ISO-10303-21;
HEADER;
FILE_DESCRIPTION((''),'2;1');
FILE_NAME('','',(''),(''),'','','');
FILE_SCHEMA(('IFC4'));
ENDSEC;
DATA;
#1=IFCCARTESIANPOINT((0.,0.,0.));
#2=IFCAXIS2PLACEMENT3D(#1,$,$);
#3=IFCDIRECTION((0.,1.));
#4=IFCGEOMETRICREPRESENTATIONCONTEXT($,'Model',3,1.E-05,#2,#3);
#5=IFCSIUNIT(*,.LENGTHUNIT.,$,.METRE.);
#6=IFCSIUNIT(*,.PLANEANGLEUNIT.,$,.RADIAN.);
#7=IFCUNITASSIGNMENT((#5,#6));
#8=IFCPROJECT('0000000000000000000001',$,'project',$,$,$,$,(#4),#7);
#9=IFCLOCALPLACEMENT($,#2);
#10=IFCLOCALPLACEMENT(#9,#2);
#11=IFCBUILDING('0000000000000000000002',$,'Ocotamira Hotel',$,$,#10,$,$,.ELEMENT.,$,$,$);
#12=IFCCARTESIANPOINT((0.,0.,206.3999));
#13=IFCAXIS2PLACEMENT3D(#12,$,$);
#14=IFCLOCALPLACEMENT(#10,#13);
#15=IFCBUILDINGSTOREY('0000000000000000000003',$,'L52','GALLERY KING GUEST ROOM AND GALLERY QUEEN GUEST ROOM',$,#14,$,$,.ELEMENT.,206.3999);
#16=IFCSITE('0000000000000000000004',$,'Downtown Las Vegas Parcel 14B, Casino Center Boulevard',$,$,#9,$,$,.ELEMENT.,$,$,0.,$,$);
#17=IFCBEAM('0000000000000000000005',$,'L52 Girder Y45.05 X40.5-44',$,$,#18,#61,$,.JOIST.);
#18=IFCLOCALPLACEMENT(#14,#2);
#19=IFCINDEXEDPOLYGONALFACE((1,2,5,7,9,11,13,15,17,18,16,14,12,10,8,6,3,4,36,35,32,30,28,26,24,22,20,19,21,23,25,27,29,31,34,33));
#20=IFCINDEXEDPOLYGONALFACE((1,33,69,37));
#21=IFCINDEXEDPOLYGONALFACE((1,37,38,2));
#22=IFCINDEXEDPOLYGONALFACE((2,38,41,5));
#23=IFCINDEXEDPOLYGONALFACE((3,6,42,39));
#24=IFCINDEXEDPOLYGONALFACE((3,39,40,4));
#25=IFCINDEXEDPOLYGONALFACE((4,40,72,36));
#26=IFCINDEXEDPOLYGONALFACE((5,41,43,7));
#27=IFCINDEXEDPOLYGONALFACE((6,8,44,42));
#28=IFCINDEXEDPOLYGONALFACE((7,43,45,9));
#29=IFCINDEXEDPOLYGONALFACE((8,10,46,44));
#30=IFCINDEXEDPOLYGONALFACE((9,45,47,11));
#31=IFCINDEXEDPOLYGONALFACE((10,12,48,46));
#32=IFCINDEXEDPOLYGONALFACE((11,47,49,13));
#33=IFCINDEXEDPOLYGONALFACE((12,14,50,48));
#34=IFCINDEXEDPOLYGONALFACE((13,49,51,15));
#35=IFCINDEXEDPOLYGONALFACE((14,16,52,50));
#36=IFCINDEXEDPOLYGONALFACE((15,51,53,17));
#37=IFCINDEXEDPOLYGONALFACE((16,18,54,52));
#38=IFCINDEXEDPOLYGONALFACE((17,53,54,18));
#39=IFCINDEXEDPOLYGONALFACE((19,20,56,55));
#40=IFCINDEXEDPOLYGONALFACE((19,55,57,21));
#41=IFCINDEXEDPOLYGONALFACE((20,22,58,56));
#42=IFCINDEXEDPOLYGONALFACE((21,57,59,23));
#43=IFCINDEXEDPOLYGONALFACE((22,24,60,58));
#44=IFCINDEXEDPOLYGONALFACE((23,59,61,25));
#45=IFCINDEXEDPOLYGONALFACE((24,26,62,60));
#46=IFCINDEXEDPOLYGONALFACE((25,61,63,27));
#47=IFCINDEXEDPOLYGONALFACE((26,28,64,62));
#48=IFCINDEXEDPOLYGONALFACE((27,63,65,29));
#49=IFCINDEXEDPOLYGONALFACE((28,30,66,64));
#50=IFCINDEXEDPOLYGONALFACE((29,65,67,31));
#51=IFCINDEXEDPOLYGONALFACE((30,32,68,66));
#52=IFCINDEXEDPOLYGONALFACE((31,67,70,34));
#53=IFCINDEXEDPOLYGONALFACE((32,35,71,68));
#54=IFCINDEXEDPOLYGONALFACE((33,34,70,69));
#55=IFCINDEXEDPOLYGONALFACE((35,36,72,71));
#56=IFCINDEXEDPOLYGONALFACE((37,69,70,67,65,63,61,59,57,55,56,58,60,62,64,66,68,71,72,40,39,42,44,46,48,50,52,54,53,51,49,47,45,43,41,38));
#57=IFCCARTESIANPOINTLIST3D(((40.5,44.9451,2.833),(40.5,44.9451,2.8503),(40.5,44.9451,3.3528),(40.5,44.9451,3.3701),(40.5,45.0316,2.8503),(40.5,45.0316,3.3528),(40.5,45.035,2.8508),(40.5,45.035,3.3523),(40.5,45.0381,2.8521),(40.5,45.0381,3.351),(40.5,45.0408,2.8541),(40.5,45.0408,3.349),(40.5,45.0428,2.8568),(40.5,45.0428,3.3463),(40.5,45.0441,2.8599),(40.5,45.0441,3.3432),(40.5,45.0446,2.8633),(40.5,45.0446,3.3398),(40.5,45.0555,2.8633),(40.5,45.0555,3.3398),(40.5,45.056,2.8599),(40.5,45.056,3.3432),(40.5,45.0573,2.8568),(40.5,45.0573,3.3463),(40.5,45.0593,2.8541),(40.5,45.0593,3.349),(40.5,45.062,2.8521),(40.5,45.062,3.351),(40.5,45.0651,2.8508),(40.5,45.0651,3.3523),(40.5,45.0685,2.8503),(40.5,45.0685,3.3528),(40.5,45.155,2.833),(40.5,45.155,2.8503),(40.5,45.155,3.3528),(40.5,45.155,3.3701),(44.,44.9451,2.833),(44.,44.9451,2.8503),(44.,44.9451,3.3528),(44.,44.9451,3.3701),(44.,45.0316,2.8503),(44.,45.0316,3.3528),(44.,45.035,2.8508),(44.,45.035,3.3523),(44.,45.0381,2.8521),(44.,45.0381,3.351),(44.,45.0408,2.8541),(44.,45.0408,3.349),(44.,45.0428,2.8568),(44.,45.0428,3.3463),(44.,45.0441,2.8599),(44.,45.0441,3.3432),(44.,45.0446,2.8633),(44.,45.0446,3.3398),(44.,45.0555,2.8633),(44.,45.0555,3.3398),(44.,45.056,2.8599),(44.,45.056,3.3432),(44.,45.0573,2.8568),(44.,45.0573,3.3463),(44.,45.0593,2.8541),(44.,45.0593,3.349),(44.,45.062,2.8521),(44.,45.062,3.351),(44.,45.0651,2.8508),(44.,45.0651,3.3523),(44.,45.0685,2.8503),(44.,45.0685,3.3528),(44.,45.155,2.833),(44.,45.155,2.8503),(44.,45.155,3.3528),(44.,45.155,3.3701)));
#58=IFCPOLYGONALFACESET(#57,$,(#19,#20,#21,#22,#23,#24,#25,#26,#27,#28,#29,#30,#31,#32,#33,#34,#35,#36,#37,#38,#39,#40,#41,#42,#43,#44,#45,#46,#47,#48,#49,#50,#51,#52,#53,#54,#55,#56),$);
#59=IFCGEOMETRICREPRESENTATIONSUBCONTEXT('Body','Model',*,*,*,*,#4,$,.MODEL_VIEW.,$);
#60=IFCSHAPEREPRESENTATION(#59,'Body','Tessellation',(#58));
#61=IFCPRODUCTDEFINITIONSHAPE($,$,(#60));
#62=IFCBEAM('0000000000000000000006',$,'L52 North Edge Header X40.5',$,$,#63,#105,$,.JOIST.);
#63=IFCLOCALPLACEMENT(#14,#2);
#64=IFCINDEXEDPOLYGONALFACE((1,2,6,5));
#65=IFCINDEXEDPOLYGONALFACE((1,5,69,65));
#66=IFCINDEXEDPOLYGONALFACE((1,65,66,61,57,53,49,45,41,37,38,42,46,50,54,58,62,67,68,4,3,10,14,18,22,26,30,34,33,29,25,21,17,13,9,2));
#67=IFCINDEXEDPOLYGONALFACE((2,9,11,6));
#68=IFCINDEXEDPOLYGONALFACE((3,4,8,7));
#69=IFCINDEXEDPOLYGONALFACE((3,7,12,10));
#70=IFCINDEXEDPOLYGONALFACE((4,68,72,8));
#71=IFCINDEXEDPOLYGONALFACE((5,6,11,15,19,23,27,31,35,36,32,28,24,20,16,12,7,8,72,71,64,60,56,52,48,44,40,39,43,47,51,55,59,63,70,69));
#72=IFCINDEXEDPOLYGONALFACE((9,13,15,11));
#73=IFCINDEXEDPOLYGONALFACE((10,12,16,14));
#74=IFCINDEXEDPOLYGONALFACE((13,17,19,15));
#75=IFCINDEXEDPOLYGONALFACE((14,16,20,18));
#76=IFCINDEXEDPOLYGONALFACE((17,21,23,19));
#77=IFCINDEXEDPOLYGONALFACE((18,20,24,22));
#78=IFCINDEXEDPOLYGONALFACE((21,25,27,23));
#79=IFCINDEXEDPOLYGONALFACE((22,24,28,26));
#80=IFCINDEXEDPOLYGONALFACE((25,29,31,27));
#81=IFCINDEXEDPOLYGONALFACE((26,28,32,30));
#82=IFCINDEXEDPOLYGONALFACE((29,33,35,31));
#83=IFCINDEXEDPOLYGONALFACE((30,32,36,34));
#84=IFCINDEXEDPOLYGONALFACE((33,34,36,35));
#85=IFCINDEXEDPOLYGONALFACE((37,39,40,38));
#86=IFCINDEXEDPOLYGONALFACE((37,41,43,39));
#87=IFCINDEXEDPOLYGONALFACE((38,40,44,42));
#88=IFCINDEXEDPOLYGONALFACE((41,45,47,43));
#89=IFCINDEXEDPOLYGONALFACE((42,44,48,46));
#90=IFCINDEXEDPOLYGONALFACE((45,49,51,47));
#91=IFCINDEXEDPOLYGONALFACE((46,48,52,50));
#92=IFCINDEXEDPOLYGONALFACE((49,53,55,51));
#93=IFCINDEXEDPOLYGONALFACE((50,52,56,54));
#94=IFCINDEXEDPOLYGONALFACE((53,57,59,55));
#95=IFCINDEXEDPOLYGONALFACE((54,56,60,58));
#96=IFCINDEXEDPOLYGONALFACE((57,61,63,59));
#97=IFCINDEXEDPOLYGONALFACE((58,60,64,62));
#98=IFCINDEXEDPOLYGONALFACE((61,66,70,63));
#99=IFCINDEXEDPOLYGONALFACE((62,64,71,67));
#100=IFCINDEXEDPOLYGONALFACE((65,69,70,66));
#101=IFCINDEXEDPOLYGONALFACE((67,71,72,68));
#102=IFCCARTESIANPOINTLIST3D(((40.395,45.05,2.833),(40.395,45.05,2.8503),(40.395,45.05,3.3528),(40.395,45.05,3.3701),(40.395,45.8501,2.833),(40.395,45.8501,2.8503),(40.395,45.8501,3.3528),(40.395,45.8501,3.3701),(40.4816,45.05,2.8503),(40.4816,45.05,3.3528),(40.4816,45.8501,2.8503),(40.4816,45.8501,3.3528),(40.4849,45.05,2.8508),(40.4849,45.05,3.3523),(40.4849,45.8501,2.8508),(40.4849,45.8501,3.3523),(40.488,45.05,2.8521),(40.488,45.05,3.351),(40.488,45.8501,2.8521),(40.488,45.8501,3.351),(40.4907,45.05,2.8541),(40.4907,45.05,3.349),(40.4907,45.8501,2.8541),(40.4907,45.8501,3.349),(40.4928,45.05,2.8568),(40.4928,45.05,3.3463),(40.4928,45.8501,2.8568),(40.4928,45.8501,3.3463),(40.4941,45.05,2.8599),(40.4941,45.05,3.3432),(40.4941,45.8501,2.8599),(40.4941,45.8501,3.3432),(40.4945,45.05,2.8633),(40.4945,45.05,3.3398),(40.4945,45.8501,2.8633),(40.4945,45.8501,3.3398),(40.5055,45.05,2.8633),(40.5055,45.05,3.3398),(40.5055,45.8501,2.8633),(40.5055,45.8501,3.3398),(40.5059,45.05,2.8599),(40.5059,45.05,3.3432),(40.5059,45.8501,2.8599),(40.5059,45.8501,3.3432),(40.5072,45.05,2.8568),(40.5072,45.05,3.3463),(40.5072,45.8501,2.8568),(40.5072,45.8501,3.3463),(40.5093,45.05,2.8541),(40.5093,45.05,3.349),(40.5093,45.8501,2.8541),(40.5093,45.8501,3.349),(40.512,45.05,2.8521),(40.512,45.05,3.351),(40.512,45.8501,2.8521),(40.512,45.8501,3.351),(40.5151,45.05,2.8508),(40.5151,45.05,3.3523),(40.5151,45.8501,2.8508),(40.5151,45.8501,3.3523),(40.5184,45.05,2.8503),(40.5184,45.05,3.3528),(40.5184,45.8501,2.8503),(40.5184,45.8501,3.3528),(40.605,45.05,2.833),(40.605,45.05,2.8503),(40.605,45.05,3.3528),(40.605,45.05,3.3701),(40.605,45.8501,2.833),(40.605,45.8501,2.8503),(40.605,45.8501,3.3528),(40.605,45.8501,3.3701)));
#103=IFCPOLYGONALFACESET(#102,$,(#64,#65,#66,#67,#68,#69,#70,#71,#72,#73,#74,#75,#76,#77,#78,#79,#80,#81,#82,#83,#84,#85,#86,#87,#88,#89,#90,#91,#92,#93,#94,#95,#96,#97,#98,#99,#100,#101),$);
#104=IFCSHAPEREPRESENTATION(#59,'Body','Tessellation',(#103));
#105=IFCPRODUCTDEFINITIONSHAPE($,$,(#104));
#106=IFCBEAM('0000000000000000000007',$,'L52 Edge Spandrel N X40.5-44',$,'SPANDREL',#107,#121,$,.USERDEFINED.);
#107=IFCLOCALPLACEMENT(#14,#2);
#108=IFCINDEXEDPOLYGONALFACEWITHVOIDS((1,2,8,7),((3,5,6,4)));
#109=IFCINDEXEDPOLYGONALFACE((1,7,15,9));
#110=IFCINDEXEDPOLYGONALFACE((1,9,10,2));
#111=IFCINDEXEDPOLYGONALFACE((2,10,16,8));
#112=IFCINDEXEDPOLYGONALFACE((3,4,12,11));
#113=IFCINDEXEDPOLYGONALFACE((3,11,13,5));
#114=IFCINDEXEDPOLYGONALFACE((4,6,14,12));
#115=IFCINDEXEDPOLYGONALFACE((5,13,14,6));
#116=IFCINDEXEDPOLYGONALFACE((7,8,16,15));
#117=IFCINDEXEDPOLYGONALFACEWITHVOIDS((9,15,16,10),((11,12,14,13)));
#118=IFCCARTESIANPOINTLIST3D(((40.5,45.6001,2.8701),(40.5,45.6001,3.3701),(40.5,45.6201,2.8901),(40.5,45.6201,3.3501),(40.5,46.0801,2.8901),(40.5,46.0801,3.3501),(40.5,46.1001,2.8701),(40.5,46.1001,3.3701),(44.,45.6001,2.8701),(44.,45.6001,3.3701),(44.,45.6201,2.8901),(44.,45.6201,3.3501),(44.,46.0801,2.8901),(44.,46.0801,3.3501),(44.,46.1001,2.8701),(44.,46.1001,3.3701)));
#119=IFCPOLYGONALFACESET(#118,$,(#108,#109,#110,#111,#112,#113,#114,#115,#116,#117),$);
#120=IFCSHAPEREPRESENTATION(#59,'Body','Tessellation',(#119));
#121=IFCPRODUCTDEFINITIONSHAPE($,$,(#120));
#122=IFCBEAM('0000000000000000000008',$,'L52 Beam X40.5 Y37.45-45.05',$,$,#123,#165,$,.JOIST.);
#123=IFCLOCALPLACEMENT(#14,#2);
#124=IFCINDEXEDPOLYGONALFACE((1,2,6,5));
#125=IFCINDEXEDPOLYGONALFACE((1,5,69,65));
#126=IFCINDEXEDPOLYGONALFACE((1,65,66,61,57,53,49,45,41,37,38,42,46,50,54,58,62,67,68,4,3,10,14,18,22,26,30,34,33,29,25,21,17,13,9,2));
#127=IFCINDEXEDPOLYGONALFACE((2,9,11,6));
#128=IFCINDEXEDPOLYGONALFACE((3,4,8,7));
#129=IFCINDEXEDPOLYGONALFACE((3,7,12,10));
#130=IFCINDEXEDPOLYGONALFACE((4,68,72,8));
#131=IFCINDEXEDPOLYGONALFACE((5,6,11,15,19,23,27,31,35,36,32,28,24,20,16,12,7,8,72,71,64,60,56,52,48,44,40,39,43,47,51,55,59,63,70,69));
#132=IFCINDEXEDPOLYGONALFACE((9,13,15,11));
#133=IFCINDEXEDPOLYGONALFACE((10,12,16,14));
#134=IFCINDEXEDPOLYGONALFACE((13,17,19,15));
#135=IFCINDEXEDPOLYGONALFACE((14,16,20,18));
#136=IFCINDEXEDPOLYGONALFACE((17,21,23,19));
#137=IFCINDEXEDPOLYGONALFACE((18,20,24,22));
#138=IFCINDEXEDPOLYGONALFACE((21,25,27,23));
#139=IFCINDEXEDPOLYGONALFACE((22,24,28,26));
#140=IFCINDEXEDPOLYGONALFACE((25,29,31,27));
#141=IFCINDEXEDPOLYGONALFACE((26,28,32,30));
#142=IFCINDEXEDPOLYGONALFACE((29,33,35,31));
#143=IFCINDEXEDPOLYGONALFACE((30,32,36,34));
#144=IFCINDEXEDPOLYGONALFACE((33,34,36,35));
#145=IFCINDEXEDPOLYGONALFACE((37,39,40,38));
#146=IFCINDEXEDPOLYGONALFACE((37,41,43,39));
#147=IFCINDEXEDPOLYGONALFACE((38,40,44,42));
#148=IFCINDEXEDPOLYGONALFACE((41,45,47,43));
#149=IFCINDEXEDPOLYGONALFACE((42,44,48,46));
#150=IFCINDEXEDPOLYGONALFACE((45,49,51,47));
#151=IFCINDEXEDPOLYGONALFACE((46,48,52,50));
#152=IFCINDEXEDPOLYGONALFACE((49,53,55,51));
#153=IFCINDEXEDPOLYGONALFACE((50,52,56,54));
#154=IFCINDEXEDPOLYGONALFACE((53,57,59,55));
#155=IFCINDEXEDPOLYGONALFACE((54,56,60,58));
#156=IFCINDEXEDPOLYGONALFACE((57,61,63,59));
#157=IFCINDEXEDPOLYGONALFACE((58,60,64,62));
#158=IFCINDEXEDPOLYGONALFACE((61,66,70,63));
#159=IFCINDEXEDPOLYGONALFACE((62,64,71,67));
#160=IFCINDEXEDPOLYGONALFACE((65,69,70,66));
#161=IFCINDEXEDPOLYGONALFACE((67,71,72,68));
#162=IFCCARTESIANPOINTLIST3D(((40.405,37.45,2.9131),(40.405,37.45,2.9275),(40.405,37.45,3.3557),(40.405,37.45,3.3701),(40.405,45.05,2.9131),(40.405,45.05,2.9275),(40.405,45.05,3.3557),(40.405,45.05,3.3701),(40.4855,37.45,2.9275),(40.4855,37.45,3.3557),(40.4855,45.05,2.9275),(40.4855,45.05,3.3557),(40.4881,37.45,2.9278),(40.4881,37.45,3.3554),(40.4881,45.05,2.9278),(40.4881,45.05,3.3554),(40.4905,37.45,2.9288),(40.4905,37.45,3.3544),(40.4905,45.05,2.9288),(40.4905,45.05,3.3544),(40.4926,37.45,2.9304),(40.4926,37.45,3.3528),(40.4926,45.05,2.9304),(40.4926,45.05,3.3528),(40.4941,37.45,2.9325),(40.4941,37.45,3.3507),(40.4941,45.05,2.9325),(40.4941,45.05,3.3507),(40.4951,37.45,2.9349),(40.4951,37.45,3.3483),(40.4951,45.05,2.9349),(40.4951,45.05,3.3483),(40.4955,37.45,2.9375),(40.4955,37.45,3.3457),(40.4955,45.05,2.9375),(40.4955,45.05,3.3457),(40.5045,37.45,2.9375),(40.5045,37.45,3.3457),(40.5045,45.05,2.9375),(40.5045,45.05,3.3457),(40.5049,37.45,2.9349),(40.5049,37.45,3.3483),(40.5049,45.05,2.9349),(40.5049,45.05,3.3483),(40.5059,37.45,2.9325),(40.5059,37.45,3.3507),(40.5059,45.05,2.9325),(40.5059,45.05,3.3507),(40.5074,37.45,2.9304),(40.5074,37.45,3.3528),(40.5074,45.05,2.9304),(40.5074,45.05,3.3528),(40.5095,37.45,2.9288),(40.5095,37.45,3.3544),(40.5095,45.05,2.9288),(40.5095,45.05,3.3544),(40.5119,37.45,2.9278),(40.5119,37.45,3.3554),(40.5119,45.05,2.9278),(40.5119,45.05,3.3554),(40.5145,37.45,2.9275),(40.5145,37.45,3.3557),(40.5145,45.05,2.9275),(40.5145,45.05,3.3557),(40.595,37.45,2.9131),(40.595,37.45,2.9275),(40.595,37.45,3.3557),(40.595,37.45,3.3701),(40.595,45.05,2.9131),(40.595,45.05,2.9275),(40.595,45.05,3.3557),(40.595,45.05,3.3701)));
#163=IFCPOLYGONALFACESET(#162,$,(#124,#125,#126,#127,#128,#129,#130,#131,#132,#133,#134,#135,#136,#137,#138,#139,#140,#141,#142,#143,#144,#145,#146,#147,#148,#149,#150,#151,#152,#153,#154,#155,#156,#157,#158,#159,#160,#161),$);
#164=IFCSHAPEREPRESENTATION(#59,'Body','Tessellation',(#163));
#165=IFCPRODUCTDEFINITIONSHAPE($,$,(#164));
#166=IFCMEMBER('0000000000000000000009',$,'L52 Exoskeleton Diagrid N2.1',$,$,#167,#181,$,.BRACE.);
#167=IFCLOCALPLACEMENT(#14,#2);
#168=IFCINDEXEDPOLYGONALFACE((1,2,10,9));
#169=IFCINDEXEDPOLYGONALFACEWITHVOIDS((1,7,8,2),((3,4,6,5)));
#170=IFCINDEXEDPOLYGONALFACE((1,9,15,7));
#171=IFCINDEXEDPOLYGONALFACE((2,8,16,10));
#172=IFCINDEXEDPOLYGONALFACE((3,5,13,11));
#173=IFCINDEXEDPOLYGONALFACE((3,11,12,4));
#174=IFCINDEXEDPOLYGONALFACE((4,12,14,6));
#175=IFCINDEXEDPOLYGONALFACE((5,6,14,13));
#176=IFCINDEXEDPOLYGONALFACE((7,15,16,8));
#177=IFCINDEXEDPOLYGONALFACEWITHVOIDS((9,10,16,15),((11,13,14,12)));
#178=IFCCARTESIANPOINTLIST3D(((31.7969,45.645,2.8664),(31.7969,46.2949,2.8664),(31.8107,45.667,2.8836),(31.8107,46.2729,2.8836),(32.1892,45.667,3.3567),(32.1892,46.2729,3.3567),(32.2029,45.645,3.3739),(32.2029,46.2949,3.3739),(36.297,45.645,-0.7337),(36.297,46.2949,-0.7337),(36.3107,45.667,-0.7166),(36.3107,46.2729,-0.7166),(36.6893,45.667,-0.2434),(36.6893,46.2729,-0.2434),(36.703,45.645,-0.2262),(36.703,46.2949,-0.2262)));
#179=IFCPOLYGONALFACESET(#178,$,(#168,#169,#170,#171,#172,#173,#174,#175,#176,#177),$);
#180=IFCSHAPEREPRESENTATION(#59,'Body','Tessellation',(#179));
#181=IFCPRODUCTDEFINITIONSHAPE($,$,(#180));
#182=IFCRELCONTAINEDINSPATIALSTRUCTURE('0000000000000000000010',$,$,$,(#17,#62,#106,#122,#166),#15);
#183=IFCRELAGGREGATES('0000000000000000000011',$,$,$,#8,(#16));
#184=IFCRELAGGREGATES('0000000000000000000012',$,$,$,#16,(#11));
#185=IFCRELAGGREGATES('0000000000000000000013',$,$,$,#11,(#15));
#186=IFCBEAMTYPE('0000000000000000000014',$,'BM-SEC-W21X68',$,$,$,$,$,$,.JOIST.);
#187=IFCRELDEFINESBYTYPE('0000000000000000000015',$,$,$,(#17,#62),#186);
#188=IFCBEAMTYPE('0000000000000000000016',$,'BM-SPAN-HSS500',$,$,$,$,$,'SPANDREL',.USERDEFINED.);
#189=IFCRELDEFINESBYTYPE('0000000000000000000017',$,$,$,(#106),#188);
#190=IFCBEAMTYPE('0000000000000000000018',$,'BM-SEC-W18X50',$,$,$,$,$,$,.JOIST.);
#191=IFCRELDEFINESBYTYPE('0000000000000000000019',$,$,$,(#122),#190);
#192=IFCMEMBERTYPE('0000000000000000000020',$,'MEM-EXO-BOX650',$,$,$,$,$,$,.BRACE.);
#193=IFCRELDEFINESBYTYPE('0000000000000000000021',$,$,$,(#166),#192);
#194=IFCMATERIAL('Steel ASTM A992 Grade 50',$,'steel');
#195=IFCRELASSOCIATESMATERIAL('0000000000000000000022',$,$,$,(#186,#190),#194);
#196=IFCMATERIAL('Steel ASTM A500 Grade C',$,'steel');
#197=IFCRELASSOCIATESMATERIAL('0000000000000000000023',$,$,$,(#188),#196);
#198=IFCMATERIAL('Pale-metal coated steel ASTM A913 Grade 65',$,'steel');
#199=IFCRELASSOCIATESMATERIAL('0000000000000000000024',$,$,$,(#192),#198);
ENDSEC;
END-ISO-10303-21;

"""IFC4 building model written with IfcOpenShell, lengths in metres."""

from ifc_helpers import new_model, si_unit, direction, frame, origin, origin_2d, place, context, subcontext, project, spatial, hollow_rectangle, i_section, extrude, source, transform, mapped, material, material_profile, profile_set, type_object, element, save


model = new_model("IFC4")

# Units and contexts
model_context = context("Model", 3, precision=1e-05, world=origin(), true_north=direction((0.0, 1.0)))
body_context = subcontext(model_context, "Body", "Model", "MODEL_VIEW")
ifc_project = project(units=[si_unit("LENGTHUNIT", "METRE"), si_unit("PLANEANGLEUNIT", "RADIAN")], contexts=[model_context])

# Site, building, storey
site_placement = place(None, origin())
site = spatial("IfcSite", under=ifc_project, at=site_placement, Name="Downtown Las Vegas Parcel 14B, Casino Center Boulevard", CompositionType="ELEMENT", RefElevation=0.0)
building_placement = place(site_placement, origin())
building = spatial("IfcBuilding", under=site, at=building_placement, Name="Ocotamira Hotel", CompositionType="ELEMENT")
storey_placement = place(building_placement, frame((0.0, 0.0, 206.3999)))
storey = spatial("IfcBuildingStorey", under=building, at=storey_placement, Name="L52", Description="GALLERY KING GUEST ROOM AND GALLERY QUEEN GUEST ROOM", CompositionType="ELEMENT", Elevation=206.3999)

# Beams
ifc_material_1 = material(Name="Steel ASTM A992 Grade 50", Category="steel")
ifc_material_profile_1 = material_profile(ifc_material_1, i_section(OverallWidth=0.21, OverallDepth=0.5371, WebThickness=0.011, FlangeThickness=0.0173, FilletRadius=0.0129, at=origin_2d()), Name="W21X68")
ifc_profile_set_1 = profile_set([ifc_material_profile_1], Name="Steel ASTM A992 Grade 50")
beam_type_1 = type_object("IfcBeamType", Name="BM-SEC-W21X68", PredefinedType="JOIST", material=ifc_profile_set_1)
shared_shape_1 = source(origin(), body_context, "Body", "SweptSolid", [
    extrude(i_section(OverallWidth=0.21, OverallDepth=0.5371, WebThickness=0.011, FlangeThickness=0.0173, FilletRadius=0.0129, at=origin_2d()), origin(), (0.0, 0.0, 1.0), 3.5),
])
beam_1_placement = place(storey_placement, frame((40.5, 45.05, 3.1016), z_axis=(1.0, 0.0, 0.0), x_axis=(0.0, 1.0, 0.0)))
element("IfcBeam", 1, at=beam_1_placement, inside=storey, type_object=beam_type_1, Name="L52 Girder Y45.05 X40.5-44", PredefinedType="JOIST", context=body_context, shape_type="MappedRepresentation", body=[
    mapped(shared_shape_1, transform((0.0, 0.0, 0.0), scale=1.0)),
])
shared_shape_2 = source(origin(), body_context, "Body", "SweptSolid", [
    extrude(i_section(OverallWidth=0.21, OverallDepth=0.5371, WebThickness=0.011, FlangeThickness=0.0173, FilletRadius=0.0129, at=origin_2d()), origin(), (0.0, 0.0, 1.0), 0.8),
])
beam_2_placement = place(storey_placement, frame((40.5, 45.05, 3.1016), z_axis=(0.0, 1.0, 0.0), x_axis=(-1.0, 0.0, 0.0)))
element("IfcBeam", 2, at=beam_2_placement, inside=storey, type_object=beam_type_1, Name="L52 North Edge Header X40.5", PredefinedType="JOIST", context=body_context, shape_type="MappedRepresentation", body=[
    mapped(shared_shape_2, transform((0.0, 0.0, 0.0), scale=1.0)),
])
ifc_material_2 = material(Name="Steel ASTM A500 Grade C", Category="steel")
ifc_material_profile_2 = material_profile(ifc_material_2, hollow_rectangle(XDim=0.5, YDim=0.5, WallThickness=0.02, at=origin_2d()), Name="HSS500X500X20")
ifc_profile_set_2 = profile_set([ifc_material_profile_2], Name="Steel ASTM A500 Grade C")
beam_type_2 = type_object("IfcBeamType", Name="BM-SPAN-HSS500", ElementType="SPANDREL", PredefinedType="USERDEFINED", material=ifc_profile_set_2)
shared_shape_3 = source(origin(), body_context, "Body", "SweptSolid", [
    extrude(hollow_rectangle(XDim=0.5, YDim=0.5, WallThickness=0.02, at=origin_2d()), origin(), (0.0, 0.0, 1.0), 3.5),
])
beam_3_placement = place(storey_placement, frame((40.5, 45.8501, 3.1201), z_axis=(1.0, 0.0, 0.0), x_axis=(0.0, 1.0, 0.0)))
element("IfcBeam", 3, at=beam_3_placement, inside=storey, type_object=beam_type_2, Name="L52 Edge Spandrel N X40.5-44", ObjectType="SPANDREL", PredefinedType="USERDEFINED", context=body_context, shape_type="MappedRepresentation", body=[
    mapped(shared_shape_3, transform((0.0, 0.0, 0.0), scale=1.0)),
])
ifc_material_profile_3 = material_profile(ifc_material_1, i_section(OverallWidth=0.1899, OverallDepth=0.457, WebThickness=0.009, FlangeThickness=0.0144, FilletRadius=0.01, at=origin_2d()), Name="W18X50")
ifc_profile_set_3 = profile_set([ifc_material_profile_3], Name="Steel ASTM A992 Grade 50")
beam_type_3 = type_object("IfcBeamType", Name="BM-SEC-W18X50", PredefinedType="JOIST", material=ifc_profile_set_3)
shared_shape_4 = source(origin(), body_context, "Body", "SweptSolid", [
    extrude(i_section(OverallWidth=0.1899, OverallDepth=0.457, WebThickness=0.009, FlangeThickness=0.0144, FilletRadius=0.01, at=origin_2d()), origin(), (0.0, 0.0, 1.0), 7.6001),
])
beam_4_placement = place(storey_placement, frame((40.5, 37.45, 3.1416), z_axis=(0.0, 1.0, 0.0), x_axis=(-1.0, 0.0, 0.0)))
element("IfcBeam", 4, at=beam_4_placement, inside=storey, type_object=beam_type_3, Name="L52 Beam X40.5 Y37.45-45.05", PredefinedType="JOIST", context=body_context, shape_type="MappedRepresentation", body=[
    mapped(shared_shape_4, transform((0.0, 0.0, 0.0), scale=1.0)),
])

# Member
ifc_material_3 = material(Name="Pale-metal coated steel ASTM A913 Grade 65", Category="steel")
ifc_material_profile_4 = material_profile(ifc_material_3, hollow_rectangle(XDim=0.6499, YDim=0.6499, WallThickness=0.022, at=origin_2d()), Name="BOX650X650X22")
ifc_profile_set_4 = profile_set([ifc_material_profile_4], Name="Pale-metal coated steel ASTM A913 Grade 65")
member_type_1 = type_object("IfcMemberType", Name="MEM-EXO-BOX650", PredefinedType="BRACE", material=ifc_profile_set_4)
shared_shape_5 = source(origin(), body_context, "Body", "SweptSolid", [
    extrude(hollow_rectangle(XDim=0.6499, YDim=0.6499, WallThickness=0.022, at=origin_2d()), origin(), (0.0, 0.0, 1.0), 5.7629),
])
for number, where, z_axis, x_axis, name in (
    (5, (36.5, 45.97, -0.48), (-0.780861, 0.0, 0.624705), (0.0, -1.0, 0.0), "L52 Exoskeleton Diagrid N2.1"),
):
    element("IfcMember", number, at=place(storey_placement, frame(where, z_axis=z_axis, x_axis=x_axis)), inside=storey, type_object=member_type_1, Name=name, PredefinedType="BRACE", context=body_context, shape_type="MappedRepresentation", body=[
        mapped(shared_shape_5, transform((0.0, 0.0, 0.0), scale=1.0)),
    ])

save(model, "model.ifc")
